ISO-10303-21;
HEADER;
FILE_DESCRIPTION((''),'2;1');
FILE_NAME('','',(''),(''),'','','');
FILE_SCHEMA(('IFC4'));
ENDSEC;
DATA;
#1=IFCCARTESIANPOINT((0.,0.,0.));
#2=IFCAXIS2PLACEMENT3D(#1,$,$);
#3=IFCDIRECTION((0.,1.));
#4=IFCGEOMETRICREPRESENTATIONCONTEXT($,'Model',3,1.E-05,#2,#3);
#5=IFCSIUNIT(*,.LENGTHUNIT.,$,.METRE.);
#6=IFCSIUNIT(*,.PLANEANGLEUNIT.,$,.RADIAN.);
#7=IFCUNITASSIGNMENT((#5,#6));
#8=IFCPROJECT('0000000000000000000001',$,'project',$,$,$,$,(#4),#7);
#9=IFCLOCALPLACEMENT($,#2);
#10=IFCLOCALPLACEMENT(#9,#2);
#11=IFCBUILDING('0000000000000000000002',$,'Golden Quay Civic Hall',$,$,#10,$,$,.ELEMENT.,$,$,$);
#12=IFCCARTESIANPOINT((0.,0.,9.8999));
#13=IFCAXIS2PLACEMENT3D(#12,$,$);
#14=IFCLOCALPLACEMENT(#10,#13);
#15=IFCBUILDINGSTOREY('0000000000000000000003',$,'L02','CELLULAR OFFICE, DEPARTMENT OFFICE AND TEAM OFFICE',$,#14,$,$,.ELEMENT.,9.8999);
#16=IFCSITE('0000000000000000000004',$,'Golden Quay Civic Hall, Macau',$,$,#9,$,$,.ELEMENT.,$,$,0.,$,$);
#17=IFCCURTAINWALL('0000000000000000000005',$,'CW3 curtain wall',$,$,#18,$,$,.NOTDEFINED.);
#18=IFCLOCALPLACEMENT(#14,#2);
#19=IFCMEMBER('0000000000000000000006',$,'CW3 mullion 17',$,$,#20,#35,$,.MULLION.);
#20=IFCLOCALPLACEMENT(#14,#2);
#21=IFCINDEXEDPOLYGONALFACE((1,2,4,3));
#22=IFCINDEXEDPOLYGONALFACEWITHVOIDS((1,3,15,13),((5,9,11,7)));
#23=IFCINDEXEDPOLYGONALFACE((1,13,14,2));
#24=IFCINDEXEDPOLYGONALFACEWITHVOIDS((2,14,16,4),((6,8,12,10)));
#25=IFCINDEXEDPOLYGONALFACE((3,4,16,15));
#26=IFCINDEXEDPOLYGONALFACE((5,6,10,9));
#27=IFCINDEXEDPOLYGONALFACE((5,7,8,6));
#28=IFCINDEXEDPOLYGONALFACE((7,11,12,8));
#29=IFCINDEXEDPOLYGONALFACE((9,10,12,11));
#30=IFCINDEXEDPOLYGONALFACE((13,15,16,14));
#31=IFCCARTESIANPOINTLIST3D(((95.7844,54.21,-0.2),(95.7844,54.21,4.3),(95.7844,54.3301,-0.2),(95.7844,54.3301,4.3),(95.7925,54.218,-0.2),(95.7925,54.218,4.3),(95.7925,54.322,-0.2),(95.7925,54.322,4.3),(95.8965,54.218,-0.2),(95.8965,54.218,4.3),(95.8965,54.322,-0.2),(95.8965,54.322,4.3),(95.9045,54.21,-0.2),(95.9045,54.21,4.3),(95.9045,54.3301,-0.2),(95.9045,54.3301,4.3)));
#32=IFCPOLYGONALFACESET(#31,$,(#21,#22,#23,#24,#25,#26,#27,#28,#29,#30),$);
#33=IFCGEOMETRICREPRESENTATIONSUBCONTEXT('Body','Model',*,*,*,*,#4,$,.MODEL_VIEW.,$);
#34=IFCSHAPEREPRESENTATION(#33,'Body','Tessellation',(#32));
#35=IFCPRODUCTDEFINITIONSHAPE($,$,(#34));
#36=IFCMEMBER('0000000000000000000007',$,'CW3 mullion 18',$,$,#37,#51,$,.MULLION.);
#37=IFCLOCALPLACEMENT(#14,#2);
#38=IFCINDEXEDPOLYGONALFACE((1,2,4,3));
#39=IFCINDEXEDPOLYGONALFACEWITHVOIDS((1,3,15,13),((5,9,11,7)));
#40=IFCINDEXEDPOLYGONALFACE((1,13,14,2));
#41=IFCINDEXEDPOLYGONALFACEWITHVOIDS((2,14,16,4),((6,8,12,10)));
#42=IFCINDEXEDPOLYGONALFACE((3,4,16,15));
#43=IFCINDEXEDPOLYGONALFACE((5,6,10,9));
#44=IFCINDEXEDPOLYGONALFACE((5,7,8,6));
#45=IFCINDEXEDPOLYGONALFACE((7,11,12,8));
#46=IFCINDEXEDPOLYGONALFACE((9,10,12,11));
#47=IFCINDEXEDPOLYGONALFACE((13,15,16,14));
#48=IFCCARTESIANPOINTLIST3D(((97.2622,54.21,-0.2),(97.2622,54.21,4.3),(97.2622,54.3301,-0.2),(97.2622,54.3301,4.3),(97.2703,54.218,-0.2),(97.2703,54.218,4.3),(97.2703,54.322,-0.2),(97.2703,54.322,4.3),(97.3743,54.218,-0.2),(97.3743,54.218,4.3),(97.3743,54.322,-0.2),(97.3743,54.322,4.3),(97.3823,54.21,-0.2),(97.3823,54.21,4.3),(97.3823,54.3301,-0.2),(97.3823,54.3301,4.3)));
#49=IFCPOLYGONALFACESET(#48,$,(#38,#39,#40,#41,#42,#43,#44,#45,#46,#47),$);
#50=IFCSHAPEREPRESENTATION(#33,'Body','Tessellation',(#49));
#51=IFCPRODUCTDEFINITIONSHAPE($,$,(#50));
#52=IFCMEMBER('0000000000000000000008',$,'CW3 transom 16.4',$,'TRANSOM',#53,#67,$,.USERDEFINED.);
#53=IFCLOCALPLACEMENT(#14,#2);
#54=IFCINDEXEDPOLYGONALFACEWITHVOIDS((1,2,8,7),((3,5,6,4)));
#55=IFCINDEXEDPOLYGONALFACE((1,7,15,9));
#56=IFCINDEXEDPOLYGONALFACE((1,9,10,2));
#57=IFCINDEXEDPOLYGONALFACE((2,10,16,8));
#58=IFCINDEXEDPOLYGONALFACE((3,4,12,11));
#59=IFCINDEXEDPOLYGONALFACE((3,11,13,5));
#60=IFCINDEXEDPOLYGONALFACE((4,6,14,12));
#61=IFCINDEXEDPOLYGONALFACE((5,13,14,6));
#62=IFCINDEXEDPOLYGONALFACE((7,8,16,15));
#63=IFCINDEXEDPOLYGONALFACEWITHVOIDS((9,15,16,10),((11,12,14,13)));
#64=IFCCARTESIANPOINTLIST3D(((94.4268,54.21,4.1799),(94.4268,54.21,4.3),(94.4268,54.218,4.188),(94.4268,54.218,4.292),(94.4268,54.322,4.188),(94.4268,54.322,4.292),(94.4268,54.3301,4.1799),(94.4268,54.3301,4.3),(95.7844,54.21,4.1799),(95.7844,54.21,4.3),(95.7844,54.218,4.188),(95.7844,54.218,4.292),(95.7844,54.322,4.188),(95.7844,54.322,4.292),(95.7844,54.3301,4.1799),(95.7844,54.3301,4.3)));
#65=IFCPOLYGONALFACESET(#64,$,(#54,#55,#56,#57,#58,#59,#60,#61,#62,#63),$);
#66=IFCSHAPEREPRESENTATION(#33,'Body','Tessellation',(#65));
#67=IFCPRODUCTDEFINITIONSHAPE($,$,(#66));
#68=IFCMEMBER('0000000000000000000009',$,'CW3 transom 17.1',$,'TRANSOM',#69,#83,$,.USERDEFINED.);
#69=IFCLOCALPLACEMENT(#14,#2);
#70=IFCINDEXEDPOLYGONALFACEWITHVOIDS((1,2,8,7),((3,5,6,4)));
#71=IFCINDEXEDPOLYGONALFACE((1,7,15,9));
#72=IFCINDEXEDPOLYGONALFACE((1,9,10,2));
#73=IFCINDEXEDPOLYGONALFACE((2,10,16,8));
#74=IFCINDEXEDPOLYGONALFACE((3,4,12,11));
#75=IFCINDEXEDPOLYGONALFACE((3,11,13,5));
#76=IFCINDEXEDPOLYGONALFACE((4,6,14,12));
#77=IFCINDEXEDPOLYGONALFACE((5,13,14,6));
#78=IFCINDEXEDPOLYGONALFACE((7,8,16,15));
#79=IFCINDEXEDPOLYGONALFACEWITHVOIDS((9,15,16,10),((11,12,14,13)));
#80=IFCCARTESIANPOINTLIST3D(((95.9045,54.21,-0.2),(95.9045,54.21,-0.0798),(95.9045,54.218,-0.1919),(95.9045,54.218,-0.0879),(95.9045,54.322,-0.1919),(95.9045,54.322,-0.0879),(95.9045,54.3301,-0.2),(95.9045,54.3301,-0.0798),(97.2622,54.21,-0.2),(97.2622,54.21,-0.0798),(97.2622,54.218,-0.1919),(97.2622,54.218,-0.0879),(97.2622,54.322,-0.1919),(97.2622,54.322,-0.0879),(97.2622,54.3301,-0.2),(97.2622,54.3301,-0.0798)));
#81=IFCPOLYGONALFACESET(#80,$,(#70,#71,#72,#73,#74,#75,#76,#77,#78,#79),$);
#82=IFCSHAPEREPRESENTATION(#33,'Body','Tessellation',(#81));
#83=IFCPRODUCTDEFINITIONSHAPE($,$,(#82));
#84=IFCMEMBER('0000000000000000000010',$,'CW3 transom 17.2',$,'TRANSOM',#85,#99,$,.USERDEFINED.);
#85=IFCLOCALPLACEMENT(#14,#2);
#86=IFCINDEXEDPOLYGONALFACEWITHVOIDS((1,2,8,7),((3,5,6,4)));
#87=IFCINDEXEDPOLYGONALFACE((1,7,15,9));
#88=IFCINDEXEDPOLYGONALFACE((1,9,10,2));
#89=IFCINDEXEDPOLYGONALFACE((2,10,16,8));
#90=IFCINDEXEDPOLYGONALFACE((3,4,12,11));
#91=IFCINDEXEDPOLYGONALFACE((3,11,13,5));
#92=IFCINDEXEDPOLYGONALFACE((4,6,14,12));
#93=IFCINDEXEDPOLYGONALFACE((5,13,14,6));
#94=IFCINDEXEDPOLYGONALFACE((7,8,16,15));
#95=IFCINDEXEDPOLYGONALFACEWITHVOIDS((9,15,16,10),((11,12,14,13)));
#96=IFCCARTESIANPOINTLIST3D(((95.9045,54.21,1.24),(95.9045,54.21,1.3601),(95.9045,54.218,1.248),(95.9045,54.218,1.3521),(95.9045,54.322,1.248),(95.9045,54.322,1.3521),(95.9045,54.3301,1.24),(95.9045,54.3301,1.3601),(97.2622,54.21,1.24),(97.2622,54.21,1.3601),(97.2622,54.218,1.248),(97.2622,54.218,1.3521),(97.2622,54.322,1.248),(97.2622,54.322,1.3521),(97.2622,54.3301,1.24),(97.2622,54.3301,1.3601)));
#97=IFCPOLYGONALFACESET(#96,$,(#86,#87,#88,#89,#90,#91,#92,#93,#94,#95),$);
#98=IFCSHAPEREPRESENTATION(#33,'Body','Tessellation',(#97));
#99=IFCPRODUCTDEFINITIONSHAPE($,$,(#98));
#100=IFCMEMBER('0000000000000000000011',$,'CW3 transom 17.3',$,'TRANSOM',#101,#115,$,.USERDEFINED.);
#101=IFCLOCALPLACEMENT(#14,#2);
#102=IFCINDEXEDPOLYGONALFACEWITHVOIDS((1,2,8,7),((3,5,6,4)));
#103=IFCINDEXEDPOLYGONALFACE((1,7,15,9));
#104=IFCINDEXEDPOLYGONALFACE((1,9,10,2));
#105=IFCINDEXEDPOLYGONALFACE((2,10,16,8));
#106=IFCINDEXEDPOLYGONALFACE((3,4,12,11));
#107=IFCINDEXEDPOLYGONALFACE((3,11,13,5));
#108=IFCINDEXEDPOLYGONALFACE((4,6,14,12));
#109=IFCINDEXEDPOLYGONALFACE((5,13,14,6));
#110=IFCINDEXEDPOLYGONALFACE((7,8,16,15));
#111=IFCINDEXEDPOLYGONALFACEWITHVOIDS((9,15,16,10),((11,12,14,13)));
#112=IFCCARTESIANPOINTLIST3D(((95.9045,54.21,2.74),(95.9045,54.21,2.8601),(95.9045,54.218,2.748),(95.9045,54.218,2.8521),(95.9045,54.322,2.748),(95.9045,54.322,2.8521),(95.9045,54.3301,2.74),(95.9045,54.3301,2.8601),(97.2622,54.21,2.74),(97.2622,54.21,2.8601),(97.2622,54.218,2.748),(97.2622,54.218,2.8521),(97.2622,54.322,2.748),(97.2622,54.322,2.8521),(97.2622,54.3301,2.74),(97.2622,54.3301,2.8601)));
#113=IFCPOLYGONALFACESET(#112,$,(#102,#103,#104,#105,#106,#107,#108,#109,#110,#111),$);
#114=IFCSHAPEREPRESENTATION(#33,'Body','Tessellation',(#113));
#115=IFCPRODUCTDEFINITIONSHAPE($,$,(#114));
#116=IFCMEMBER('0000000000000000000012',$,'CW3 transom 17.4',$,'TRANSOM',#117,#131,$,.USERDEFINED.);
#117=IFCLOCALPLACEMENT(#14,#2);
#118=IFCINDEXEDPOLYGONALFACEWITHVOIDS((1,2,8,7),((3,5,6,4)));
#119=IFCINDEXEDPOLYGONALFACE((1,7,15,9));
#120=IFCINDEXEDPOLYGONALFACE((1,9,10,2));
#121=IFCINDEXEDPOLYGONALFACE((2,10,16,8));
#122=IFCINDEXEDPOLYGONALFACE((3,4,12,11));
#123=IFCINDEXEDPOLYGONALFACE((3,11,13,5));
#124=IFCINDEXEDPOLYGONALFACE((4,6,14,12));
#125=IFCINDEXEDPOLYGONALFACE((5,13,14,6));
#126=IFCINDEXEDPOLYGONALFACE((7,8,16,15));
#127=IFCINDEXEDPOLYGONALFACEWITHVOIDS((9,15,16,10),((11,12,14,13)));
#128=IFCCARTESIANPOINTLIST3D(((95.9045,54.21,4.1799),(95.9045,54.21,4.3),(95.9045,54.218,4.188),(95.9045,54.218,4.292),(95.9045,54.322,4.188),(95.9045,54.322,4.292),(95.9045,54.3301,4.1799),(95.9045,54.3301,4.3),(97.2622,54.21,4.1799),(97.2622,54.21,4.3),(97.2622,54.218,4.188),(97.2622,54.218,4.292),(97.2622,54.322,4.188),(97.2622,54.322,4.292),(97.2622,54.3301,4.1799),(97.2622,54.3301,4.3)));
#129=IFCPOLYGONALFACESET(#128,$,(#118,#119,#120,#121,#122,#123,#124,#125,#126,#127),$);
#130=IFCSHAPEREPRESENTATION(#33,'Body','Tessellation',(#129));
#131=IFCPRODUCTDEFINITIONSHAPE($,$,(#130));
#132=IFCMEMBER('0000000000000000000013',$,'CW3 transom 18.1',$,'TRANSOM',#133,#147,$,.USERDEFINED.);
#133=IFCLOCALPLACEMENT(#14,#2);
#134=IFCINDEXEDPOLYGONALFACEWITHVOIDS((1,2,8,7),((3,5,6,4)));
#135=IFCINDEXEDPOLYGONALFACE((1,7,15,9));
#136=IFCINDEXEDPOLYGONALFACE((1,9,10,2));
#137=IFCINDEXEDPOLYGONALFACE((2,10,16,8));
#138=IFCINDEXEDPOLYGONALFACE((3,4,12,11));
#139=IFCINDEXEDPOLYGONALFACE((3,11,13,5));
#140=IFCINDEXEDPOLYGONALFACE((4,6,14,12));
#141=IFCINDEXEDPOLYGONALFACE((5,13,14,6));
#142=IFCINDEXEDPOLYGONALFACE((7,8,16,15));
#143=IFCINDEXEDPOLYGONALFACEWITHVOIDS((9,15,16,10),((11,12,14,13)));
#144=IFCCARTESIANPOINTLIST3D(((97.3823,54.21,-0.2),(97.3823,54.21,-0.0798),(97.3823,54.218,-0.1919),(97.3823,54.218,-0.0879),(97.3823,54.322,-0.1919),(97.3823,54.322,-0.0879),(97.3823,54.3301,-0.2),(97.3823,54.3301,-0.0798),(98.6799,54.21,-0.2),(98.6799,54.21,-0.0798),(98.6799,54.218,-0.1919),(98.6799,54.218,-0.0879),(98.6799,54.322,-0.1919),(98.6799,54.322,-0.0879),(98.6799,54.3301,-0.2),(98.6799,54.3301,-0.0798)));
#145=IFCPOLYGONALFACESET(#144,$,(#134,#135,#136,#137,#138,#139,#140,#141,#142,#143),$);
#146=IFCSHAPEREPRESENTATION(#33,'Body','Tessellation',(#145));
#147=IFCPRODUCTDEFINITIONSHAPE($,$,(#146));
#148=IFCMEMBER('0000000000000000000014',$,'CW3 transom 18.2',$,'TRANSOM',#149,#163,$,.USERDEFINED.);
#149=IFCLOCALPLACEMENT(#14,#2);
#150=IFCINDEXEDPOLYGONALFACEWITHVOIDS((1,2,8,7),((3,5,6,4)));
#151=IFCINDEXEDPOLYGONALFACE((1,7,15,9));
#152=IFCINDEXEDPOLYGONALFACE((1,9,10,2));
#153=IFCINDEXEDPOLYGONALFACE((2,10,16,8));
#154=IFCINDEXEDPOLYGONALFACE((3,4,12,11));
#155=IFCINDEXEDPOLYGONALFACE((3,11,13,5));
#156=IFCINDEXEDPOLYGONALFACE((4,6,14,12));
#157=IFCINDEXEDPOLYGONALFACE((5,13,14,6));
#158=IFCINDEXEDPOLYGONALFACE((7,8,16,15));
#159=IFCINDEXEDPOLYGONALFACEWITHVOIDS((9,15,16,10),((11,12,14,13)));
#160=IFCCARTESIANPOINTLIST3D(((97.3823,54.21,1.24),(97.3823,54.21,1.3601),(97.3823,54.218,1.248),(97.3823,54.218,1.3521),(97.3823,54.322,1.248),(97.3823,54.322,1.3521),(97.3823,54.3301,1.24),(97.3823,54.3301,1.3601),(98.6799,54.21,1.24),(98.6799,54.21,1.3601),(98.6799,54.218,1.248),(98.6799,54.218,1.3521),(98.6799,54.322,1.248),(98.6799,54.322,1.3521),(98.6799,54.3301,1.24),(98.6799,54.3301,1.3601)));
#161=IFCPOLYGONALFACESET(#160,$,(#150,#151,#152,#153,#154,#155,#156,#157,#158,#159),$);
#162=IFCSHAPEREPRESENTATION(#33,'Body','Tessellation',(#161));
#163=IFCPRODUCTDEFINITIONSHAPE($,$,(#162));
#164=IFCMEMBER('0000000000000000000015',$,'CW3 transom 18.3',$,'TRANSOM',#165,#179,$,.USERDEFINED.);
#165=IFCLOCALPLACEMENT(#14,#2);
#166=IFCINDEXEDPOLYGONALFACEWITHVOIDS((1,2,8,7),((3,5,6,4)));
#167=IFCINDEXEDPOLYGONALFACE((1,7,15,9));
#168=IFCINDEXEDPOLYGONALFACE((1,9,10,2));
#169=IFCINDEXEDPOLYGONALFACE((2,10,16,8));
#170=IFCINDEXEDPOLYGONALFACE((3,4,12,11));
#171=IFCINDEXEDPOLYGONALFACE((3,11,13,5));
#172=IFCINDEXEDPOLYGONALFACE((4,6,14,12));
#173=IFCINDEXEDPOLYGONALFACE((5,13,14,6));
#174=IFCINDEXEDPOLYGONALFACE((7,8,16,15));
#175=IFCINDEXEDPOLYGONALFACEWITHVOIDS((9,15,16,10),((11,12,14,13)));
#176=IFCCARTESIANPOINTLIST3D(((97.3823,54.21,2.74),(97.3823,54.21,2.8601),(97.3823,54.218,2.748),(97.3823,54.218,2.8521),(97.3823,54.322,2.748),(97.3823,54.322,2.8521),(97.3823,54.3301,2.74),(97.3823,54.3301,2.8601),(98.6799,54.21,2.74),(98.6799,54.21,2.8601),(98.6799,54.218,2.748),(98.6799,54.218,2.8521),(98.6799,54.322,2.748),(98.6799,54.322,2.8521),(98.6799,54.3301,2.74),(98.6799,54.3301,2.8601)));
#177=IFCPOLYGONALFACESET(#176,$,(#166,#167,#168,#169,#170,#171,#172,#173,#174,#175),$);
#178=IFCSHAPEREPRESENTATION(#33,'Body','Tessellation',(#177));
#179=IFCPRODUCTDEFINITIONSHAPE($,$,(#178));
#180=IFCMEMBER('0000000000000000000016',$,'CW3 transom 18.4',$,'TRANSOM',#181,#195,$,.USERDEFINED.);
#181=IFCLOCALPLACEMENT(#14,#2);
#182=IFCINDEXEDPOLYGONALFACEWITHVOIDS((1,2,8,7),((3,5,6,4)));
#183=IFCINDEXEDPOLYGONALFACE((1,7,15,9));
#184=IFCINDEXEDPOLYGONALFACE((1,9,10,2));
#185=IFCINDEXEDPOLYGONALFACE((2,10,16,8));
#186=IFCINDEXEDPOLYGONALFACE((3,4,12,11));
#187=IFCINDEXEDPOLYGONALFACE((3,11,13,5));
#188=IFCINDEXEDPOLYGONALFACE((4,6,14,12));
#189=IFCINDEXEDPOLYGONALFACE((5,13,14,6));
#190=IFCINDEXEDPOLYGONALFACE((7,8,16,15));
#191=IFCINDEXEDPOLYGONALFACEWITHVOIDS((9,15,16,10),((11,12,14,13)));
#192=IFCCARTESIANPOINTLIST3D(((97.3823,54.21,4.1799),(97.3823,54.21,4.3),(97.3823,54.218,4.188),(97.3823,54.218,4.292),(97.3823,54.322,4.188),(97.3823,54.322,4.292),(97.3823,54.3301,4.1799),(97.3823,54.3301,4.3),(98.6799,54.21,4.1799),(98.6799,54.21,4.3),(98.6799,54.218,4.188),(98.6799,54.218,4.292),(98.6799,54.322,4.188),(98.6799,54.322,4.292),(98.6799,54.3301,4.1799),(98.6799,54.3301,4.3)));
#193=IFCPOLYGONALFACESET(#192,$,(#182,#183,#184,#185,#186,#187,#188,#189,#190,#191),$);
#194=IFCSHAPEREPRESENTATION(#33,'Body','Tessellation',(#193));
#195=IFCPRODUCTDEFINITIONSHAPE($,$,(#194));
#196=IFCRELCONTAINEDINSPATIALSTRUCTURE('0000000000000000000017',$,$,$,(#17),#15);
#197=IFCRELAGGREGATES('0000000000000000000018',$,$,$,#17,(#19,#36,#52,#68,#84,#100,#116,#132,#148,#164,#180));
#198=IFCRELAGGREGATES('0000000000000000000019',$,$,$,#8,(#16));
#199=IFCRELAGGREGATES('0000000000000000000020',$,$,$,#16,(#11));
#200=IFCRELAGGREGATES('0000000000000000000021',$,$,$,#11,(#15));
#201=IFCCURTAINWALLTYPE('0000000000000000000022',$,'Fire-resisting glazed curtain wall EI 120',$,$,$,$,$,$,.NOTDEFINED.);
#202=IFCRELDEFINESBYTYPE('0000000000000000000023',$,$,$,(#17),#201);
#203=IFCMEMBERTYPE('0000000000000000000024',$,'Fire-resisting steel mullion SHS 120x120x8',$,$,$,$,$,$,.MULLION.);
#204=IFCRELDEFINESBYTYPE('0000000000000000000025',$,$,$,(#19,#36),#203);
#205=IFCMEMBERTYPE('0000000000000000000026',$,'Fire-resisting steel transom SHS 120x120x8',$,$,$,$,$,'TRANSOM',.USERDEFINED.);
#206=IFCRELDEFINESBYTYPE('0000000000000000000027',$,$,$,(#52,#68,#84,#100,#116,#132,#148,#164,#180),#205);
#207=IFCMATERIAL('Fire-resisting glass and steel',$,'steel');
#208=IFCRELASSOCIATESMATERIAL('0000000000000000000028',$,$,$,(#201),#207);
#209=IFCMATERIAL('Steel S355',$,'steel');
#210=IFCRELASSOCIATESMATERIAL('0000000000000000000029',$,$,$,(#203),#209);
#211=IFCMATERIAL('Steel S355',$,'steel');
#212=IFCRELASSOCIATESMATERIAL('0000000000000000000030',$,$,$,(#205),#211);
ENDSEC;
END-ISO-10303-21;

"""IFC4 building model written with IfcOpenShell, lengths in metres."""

from ifc_helpers import new_model, si_unit, direction, frame, origin, origin_2d, place, context, subcontext, project, spatial, hollow_rectangle, extrude, material, material_profile, profile_set, type_object, element, aggregate, save


model = new_model("IFC4")

# Units and contexts
model_context = context("Model", 3, precision=1e-05, world=origin(), true_north=direction((0.0, 1.0)))
body_context = subcontext(model_context, "Body", "Model", "MODEL_VIEW")
ifc_project = project(units=[si_unit("LENGTHUNIT", "METRE"), si_unit("PLANEANGLEUNIT", "RADIAN")], contexts=[model_context])

# Site, building, storey
site_placement = place(None, origin())
site = spatial("IfcSite", under=ifc_project, at=site_placement, Name="Golden Quay Civic Hall, Macau", CompositionType="ELEMENT", RefElevation=0.0)
building_placement = place(site_placement, origin())
building = spatial("IfcBuilding", under=site, at=building_placement, Name="Golden Quay Civic Hall", CompositionType="ELEMENT")
storey_placement = place(building_placement, frame((0.0, 0.0, 9.8999)))
storey = spatial("IfcBuildingStorey", under=building, at=storey_placement, Name="L02", Description="CELLULAR OFFICE, DEPARTMENT OFFICE AND TEAM OFFICE", CompositionType="ELEMENT", Elevation=9.8999)

# Curtain wall, members
ifc_material_1 = material(Name="Fire-resisting glass and steel", Category="steel")
curtain_wall_type = type_object("IfcCurtainWallType", Name="Fire-resisting glazed curtain wall EI 120", PredefinedType="NOTDEFINED", material=ifc_material_1)
curtain_wall_placement = place(storey_placement, origin())
curtain_wall = element("IfcCurtainWall", 1, at=curtain_wall_placement, inside=storey, type_object=curtain_wall_type, Name="CW3 curtain wall", PredefinedType="NOTDEFINED")
ifc_material_2 = material(Name="Steel S355", Category="steel")
ifc_material_profile_1 = material_profile(ifc_material_2, hollow_rectangle(XDim=0.1201, YDim=0.1201, WallThickness=0.0081, at=origin_2d()), Name="SHS 120x120x8")
ifc_profile_set_1 = profile_set([ifc_material_profile_1], Name="Steel S355")
member_type_1 = type_object("IfcMemberType", Name="Fire-resisting steel mullion SHS 120x120x8", PredefinedType="MULLION", material=ifc_profile_set_1)
member_1_placement = place(storey_placement, frame((95.8445, 54.27, -0.2), z_axis=(0.0, 0.0, 1.0), x_axis=(0.0, 1.0, 0.0)))
member_1 = element("IfcMember", 2, at=member_1_placement, type_object=member_type_1, Name="CW3 mullion 17", PredefinedType="MULLION", context=body_context, shape_type="SweptSolid", body=[
    extrude(hollow_rectangle(XDim=0.1201, YDim=0.1201, WallThickness=0.0081, at=origin_2d()), origin(), (0.0, 0.0, 1.0), 4.5),
])
member_2_placement = place(storey_placement, frame((97.3223, 54.27, -0.2), z_axis=(0.0, 0.0, 1.0), x_axis=(0.0, 1.0, 0.0)))
member_2 = element("IfcMember", 3, at=member_2_placement, type_object=member_type_1, Name="CW3 mullion 18", PredefinedType="MULLION", context=body_context, shape_type="SweptSolid", body=[
    extrude(hollow_rectangle(XDim=0.1201, YDim=0.1201, WallThickness=0.0081, at=origin_2d()), origin(), (0.0, 0.0, 1.0), 4.5),
])
ifc_material_3 = material(Name="Steel S355", Category="steel")
ifc_material_profile_2 = material_profile(ifc_material_3, hollow_rectangle(XDim=0.1201, YDim=0.1201, WallThickness=0.0081, at=origin_2d()), Name="SHS 120x120x8")
ifc_profile_set_2 = profile_set([ifc_material_profile_2], Name="Steel S355")
member_type_2 = type_object("IfcMemberType", Name="Fire-resisting steel transom SHS 120x120x8", ElementType="TRANSOM", PredefinedType="USERDEFINED", material=ifc_profile_set_2)
member_3_placement = place(storey_placement, frame((94.4268, 54.27, 4.24), z_axis=(1.0, 0.0, 0.0), x_axis=(0.0, 1.0, 0.0)))
member_3 = element("IfcMember", 4, at=member_3_placement, type_object=member_type_2, Name="CW3 transom 16.4", ObjectType="TRANSOM", PredefinedType="USERDEFINED", context=body_context, shape_type="SweptSolid", body=[
    extrude(hollow_rectangle(XDim=0.1201, YDim=0.1201, WallThickness=0.0081, at=origin_2d()), origin(), (0.0, 0.0, 1.0), 1.3577),
])
member_4_placement = place(storey_placement, frame((95.9045, 54.27, -0.1399), z_axis=(1.0, 0.0, 0.0), x_axis=(0.0, 1.0, 0.0)))
member_4 = element("IfcMember", 5, at=member_4_placement, type_object=member_type_2, Name="CW3 transom 17.1", ObjectType="TRANSOM", PredefinedType="USERDEFINED", context=body_context, shape_type="SweptSolid", body=[
    extrude(hollow_rectangle(XDim=0.1201, YDim=0.1201, WallThickness=0.0081, at=origin_2d()), origin(), (0.0, 0.0, 1.0), 1.3577),
])
member_5_placement = place(storey_placement, frame((95.9045, 54.27, 1.3), z_axis=(1.0, 0.0, 0.0), x_axis=(0.0, 1.0, 0.0)))
member_5 = element("IfcMember", 6, at=member_5_placement, type_object=member_type_2, Name="CW3 transom 17.2", ObjectType="TRANSOM", PredefinedType="USERDEFINED", context=body_context, shape_type="SweptSolid", body=[
    extrude(hollow_rectangle(XDim=0.1201, YDim=0.1201, WallThickness=0.0081, at=origin_2d()), origin(), (0.0, 0.0, 1.0), 1.3577),
])
member_6_placement = place(storey_placement, frame((95.9045, 54.27, 2.8), z_axis=(1.0, 0.0, 0.0), x_axis=(0.0, 1.0, 0.0)))
member_6 = element("IfcMember", 7, at=member_6_placement, type_object=member_type_2, Name="CW3 transom 17.3", ObjectType="TRANSOM", PredefinedType="USERDEFINED", context=body_context, shape_type="SweptSolid", body=[
    extrude(hollow_rectangle(XDim=0.1201, YDim=0.1201, WallThickness=0.0081, at=origin_2d()), origin(), (0.0, 0.0, 1.0), 1.3577),
])
member_7_placement = place(storey_placement, frame((95.9045, 54.27, 4.24), z_axis=(1.0, 0.0, 0.0), x_axis=(0.0, 1.0, 0.0)))
member_7 = element("IfcMember", 8, at=member_7_placement, type_object=member_type_2, Name="CW3 transom 17.4", ObjectType="TRANSOM", PredefinedType="USERDEFINED", context=body_context, shape_type="SweptSolid", body=[
    extrude(hollow_rectangle(XDim=0.1201, YDim=0.1201, WallThickness=0.0081, at=origin_2d()), origin(), (0.0, 0.0, 1.0), 1.3577),
])
member_8_placement = place(storey_placement, frame((97.3823, 54.27, -0.1399), z_axis=(1.0, 0.0, 0.0), x_axis=(0.0, 1.0, 0.0)))
member_8 = element("IfcMember", 9, at=member_8_placement, type_object=member_type_2, Name="CW3 transom 18.1", ObjectType="TRANSOM", PredefinedType="USERDEFINED", context=body_context, shape_type="SweptSolid", body=[
    extrude(hollow_rectangle(XDim=0.1201, YDim=0.1201, WallThickness=0.0081, at=origin_2d()), origin(), (0.0, 0.0, 1.0), 1.2976),
])
member_9_placement = place(storey_placement, frame((97.3823, 54.27, 1.3), z_axis=(1.0, 0.0, 0.0), x_axis=(0.0, 1.0, 0.0)))
member_9 = element("IfcMember", 10, at=member_9_placement, type_object=member_type_2, Name="CW3 transom 18.2", ObjectType="TRANSOM", PredefinedType="USERDEFINED", context=body_context, shape_type="SweptSolid", body=[
    extrude(hollow_rectangle(XDim=0.1201, YDim=0.1201, WallThickness=0.0081, at=origin_2d()), origin(), (0.0, 0.0, 1.0), 1.2976),
])
member_10_placement = place(storey_placement, frame((97.3823, 54.27, 2.8), z_axis=(1.0, 0.0, 0.0), x_axis=(0.0, 1.0, 0.0)))
member_10 = element("IfcMember", 11, at=member_10_placement, type_object=member_type_2, Name="CW3 transom 18.3", ObjectType="TRANSOM", PredefinedType="USERDEFINED", context=body_context, shape_type="SweptSolid", body=[
    extrude(hollow_rectangle(XDim=0.1201, YDim=0.1201, WallThickness=0.0081, at=origin_2d()), origin(), (0.0, 0.0, 1.0), 1.2976),
])
member_11_placement = place(storey_placement, frame((97.3823, 54.27, 4.24), z_axis=(1.0, 0.0, 0.0), x_axis=(0.0, 1.0, 0.0)))
member_11 = element("IfcMember", 12, at=member_11_placement, type_object=member_type_2, Name="CW3 transom 18.4", ObjectType="TRANSOM", PredefinedType="USERDEFINED", context=body_context, shape_type="SweptSolid", body=[
    extrude(hollow_rectangle(XDim=0.1201, YDim=0.1201, WallThickness=0.0081, at=origin_2d()), origin(), (0.0, 0.0, 1.0), 1.2976),
])

aggregate(curtain_wall, [member_1, member_2, member_3, member_4, member_5, member_6, member_7, member_8, member_9, member_10, member_11])

save(model, "model.ifc")
